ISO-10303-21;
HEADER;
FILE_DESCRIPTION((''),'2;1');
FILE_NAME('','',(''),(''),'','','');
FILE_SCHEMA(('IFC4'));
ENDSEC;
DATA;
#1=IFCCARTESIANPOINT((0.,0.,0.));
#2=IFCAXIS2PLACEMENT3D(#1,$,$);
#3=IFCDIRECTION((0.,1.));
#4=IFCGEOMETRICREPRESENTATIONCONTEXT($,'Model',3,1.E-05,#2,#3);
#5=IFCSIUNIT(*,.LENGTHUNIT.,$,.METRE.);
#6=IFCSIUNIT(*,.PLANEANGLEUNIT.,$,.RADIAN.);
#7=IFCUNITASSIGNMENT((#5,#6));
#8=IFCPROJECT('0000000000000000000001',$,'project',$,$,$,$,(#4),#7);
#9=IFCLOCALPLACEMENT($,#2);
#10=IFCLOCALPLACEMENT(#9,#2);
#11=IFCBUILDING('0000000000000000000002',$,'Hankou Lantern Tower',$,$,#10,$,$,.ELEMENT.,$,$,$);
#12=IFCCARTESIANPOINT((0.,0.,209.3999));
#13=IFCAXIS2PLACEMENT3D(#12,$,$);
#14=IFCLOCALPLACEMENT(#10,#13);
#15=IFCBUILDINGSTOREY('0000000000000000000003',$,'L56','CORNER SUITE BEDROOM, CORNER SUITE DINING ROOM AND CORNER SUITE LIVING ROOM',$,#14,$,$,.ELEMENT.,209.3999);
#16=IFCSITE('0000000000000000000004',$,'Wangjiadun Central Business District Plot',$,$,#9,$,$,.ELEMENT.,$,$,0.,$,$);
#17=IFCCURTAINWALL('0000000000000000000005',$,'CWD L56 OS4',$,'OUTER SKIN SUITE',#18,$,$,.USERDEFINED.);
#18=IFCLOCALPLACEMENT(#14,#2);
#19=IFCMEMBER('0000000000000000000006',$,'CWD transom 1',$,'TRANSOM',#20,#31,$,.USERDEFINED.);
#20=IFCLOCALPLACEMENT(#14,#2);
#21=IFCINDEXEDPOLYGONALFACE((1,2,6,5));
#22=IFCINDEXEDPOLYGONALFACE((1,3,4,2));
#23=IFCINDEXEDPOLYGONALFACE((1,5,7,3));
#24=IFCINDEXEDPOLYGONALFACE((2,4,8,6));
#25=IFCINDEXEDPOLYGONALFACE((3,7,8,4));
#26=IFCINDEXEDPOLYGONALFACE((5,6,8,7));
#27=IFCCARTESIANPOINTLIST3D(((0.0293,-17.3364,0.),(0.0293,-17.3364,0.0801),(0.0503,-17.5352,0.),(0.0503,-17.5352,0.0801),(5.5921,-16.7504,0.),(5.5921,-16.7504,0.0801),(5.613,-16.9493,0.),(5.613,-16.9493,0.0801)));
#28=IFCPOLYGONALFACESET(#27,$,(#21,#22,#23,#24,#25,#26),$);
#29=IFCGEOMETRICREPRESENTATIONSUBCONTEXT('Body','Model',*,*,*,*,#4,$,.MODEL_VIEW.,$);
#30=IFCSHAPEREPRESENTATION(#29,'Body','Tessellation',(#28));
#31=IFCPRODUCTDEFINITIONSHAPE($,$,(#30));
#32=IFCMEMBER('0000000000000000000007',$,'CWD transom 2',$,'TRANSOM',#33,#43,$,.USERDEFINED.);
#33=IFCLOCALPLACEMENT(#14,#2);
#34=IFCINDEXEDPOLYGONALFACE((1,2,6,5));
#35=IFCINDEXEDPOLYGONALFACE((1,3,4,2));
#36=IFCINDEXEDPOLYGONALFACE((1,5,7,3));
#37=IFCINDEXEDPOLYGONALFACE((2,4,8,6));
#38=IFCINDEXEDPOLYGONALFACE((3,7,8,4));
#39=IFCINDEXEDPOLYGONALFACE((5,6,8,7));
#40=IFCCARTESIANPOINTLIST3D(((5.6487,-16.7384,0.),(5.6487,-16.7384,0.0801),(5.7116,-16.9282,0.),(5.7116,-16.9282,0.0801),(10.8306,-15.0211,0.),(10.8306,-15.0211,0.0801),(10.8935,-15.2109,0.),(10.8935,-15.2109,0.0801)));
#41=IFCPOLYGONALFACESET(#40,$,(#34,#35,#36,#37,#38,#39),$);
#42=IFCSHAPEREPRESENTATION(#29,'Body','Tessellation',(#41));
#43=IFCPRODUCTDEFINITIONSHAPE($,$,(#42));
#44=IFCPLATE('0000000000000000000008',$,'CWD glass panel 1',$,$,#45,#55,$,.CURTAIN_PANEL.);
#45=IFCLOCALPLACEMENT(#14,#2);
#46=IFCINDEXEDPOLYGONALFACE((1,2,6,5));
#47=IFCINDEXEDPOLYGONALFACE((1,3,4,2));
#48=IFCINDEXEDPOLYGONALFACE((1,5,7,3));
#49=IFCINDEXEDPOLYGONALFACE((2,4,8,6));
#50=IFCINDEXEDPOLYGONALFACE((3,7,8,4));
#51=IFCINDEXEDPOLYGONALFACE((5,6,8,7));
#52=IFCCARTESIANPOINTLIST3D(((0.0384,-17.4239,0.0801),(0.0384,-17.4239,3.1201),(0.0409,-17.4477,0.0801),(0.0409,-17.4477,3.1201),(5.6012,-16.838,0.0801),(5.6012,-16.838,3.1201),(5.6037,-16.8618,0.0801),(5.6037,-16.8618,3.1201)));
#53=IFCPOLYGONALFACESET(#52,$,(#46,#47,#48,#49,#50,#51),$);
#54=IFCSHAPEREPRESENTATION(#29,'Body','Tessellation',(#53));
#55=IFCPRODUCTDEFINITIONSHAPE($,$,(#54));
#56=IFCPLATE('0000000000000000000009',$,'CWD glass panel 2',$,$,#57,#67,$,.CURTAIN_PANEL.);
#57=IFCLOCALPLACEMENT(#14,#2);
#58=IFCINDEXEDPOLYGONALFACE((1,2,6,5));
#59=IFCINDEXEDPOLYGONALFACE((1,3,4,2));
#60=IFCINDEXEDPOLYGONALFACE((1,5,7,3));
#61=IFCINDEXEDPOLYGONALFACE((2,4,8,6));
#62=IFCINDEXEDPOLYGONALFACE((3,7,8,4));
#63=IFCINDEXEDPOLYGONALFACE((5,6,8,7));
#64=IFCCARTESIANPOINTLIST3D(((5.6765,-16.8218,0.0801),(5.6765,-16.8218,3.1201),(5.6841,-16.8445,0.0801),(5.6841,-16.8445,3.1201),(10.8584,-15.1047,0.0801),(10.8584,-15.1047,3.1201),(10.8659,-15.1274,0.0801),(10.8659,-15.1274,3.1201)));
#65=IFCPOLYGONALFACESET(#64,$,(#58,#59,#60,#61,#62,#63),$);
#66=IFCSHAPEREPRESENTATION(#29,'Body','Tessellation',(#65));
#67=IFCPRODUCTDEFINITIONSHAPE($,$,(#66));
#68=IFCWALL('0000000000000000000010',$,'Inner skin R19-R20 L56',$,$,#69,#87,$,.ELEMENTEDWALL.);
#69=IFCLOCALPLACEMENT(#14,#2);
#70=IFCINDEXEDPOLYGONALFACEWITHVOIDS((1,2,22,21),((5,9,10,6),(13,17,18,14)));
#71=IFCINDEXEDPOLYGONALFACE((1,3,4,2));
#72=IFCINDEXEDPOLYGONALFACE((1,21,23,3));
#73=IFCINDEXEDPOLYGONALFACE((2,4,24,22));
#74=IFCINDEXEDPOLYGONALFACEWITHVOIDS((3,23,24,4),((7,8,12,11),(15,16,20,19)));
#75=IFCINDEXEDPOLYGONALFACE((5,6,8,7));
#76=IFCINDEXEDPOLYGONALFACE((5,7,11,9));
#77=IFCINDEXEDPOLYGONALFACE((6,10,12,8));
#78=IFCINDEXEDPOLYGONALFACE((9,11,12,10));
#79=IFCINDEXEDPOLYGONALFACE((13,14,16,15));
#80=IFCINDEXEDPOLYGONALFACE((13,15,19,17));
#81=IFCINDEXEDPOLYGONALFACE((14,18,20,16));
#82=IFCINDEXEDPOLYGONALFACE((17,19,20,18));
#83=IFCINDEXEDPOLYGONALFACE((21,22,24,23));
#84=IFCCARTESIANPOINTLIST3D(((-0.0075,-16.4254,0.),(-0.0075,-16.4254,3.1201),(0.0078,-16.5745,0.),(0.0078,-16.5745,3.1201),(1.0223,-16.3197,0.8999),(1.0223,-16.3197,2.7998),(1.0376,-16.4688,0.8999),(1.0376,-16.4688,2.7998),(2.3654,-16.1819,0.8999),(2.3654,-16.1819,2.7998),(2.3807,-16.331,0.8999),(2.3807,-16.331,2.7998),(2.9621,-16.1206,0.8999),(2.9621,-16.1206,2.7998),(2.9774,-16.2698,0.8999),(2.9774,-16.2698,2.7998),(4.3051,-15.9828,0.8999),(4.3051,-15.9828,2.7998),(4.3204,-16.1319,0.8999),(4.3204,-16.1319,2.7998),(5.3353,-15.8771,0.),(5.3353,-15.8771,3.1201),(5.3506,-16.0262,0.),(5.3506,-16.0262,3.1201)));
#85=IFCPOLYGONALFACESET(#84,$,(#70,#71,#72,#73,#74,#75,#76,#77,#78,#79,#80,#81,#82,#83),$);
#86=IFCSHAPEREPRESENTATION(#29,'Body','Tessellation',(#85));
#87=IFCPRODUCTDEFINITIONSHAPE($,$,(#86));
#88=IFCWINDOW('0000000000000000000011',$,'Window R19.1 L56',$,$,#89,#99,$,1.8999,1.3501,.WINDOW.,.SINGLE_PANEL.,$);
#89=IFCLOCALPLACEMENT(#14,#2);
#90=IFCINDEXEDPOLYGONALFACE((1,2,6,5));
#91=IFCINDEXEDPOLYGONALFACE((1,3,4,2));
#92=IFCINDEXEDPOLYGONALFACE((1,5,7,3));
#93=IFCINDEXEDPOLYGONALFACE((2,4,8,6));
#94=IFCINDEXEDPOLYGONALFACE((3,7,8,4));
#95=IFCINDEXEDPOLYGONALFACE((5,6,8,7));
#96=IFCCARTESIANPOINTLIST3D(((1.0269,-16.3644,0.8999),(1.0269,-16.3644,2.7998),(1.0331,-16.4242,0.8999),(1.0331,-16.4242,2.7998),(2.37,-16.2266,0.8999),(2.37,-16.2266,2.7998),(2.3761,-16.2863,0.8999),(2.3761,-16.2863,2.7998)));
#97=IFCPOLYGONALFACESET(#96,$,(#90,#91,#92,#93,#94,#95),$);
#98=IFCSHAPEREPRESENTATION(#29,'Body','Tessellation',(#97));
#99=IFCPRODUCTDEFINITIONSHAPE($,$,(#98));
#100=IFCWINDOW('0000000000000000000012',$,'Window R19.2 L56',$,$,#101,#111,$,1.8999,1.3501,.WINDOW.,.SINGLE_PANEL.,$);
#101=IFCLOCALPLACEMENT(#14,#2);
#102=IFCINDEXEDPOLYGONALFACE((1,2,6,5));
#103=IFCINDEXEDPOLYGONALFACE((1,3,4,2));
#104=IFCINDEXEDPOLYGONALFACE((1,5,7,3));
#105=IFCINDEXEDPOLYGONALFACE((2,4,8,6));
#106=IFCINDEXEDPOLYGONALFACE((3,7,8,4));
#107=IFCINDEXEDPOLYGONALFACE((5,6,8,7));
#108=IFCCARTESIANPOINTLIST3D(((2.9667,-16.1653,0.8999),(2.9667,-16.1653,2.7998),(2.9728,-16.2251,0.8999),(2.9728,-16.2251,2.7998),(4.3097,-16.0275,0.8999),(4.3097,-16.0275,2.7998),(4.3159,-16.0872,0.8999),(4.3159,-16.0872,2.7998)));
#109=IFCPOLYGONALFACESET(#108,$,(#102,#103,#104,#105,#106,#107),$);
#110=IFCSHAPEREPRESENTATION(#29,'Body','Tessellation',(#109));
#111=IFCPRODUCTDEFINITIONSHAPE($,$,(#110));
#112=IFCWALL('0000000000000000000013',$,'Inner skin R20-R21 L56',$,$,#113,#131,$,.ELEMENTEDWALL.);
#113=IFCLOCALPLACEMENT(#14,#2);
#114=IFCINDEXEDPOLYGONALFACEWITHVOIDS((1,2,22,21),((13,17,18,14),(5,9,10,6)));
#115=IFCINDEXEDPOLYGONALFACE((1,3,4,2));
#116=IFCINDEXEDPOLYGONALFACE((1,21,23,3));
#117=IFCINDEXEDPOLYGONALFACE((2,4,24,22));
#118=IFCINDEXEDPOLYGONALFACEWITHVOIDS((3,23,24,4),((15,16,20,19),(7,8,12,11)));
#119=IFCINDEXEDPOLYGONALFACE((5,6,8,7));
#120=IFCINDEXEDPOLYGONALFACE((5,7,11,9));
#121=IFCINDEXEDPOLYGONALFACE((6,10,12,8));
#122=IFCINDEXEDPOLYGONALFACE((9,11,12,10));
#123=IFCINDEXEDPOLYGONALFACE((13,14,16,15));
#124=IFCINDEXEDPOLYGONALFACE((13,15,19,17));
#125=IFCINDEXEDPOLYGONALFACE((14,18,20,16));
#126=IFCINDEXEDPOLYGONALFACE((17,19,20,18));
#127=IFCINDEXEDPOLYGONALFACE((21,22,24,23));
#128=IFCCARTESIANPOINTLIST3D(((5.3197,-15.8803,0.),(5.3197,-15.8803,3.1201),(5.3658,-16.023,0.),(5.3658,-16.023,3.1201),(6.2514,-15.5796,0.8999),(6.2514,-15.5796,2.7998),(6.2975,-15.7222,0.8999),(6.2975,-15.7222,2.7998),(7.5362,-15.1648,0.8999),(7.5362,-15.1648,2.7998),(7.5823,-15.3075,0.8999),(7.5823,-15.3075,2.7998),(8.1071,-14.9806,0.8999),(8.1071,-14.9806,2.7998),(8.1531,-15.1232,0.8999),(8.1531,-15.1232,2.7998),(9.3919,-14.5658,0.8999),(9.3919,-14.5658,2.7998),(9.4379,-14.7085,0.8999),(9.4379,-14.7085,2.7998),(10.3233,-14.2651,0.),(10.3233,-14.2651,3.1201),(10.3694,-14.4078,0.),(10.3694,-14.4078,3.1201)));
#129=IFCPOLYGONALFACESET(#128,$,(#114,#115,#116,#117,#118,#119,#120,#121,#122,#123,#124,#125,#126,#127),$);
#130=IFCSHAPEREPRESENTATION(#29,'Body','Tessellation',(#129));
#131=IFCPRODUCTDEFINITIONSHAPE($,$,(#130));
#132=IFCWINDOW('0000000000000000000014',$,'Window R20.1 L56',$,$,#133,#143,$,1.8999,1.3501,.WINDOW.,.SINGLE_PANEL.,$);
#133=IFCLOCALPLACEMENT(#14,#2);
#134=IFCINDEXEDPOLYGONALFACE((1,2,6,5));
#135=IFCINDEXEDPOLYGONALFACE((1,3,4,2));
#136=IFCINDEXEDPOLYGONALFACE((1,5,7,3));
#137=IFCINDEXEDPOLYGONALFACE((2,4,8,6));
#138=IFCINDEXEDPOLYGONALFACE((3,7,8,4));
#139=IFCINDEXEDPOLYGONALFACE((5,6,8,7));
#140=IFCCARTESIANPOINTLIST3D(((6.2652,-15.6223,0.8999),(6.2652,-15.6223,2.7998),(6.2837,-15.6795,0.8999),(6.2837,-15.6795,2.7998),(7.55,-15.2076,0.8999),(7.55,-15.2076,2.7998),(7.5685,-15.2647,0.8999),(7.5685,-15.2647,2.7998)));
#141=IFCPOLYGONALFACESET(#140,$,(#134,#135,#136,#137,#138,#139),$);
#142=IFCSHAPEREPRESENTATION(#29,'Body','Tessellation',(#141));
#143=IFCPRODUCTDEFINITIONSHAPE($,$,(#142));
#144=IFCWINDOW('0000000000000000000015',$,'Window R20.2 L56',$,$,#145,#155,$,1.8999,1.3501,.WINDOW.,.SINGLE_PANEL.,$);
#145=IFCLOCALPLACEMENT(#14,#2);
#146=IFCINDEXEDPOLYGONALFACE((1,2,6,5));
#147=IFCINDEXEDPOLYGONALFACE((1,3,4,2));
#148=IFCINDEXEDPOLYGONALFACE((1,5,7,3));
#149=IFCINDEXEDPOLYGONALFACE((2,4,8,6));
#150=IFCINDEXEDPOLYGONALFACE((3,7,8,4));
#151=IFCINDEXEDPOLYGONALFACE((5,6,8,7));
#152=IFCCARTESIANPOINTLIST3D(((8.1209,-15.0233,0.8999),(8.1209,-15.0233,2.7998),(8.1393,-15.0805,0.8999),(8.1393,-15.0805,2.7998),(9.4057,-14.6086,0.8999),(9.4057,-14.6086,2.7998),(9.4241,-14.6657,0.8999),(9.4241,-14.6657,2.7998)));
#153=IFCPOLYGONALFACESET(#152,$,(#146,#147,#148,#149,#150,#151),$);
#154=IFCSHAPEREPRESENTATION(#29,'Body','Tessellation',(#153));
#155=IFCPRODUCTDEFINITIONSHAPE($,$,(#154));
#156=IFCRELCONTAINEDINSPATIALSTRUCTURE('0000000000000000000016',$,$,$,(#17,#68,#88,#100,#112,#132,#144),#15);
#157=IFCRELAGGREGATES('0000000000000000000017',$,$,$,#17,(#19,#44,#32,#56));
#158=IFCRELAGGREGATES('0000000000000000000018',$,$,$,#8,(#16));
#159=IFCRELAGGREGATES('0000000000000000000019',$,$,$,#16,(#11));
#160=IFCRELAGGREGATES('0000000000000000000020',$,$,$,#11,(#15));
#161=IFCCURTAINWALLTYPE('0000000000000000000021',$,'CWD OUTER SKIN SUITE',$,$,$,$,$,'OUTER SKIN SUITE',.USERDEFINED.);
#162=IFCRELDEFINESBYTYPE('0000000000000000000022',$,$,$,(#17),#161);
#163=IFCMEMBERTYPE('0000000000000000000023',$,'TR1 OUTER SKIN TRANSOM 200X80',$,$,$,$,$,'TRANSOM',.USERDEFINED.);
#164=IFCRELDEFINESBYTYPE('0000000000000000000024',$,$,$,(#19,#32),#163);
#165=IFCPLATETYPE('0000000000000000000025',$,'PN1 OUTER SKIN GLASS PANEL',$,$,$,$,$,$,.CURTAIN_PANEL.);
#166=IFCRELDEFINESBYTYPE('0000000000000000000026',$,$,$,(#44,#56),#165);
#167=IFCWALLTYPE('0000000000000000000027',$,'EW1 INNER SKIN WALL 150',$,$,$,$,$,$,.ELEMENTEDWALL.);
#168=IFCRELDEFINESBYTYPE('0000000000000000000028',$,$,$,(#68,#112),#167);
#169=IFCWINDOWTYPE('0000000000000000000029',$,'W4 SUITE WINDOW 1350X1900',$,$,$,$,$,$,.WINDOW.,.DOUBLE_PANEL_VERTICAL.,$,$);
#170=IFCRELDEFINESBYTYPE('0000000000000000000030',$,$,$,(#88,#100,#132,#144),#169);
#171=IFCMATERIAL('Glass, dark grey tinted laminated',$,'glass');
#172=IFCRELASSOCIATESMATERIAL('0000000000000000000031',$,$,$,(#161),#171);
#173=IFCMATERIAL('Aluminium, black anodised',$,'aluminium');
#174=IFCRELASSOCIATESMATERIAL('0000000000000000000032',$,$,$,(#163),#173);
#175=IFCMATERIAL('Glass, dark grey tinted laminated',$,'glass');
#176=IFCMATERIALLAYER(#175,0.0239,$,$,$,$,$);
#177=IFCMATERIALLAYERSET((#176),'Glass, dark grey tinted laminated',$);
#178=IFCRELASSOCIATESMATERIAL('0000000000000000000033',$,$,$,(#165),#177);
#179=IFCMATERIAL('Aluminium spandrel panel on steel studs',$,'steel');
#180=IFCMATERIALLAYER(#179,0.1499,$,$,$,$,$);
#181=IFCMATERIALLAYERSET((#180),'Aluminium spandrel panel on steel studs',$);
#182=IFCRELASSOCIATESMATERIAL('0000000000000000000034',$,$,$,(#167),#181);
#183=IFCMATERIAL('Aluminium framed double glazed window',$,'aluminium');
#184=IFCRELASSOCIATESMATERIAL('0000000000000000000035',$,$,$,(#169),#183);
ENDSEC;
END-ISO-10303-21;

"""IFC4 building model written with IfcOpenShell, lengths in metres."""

from ifc_helpers import new_model, si_unit, direction, frame, frame_2d, origin, origin_2d, place, context, subcontext, project, spatial, rectangle, extrude, material, layer, layer_set, material_profile, profile_set, type_object, element, fill, aggregate, save


model = new_model("IFC4")

# Units and contexts
model_context = context("Model", 3, precision=1e-05, world=origin(), true_north=direction((0.0, 1.0)))
body_context = subcontext(model_context, "Body", "Model", "MODEL_VIEW")
ifc_project = project(units=[si_unit("LENGTHUNIT", "METRE"), si_unit("PLANEANGLEUNIT", "RADIAN")], contexts=[model_context])

# Site, building, storey
site_placement = place(None, origin())
site = spatial("IfcSite", under=ifc_project, at=site_placement, Name="Wangjiadun Central Business District Plot", CompositionType="ELEMENT", RefElevation=0.0)
building_placement = place(site_placement, origin())
building = spatial("IfcBuilding", under=site, at=building_placement, Name="Hankou Lantern Tower", CompositionType="ELEMENT")
storey_placement = place(building_placement, frame((0.0, 0.0, 209.3999)))
storey = spatial("IfcBuildingStorey", under=building, at=storey_placement, Name="L56", Description="CORNER SUITE BEDROOM, CORNER SUITE DINING ROOM AND CORNER SUITE LIVING ROOM", CompositionType="ELEMENT", Elevation=209.3999)

# Curtain wall
ifc_material_1 = material(Name="Glass, dark grey tinted laminated", Category="glass")
curtain_wall_type = type_object("IfcCurtainWallType", Name="CWD OUTER SKIN SUITE", ElementType="OUTER SKIN SUITE", PredefinedType="USERDEFINED", material=ifc_material_1)
curtain_wall_placement = place(storey_placement, origin())
curtain_wall = element("IfcCurtainWall", 1, at=curtain_wall_placement, inside=storey, type_object=curtain_wall_type, Name="CWD L56 OS4", ObjectType="OUTER SKIN SUITE", PredefinedType="USERDEFINED")

# Members
ifc_material_2 = material(Name="Aluminium, black anodised", Category="aluminium")
ifc_material_profile_1 = material_profile(ifc_material_2, rectangle(XDim=0.2, YDim=0.0801, at=origin_2d()), Name="TR1 200X80")
ifc_profile_set_1 = profile_set([ifc_material_profile_1], Name="Aluminium, black anodised")
member_type_1 = type_object("IfcMemberType", Name="TR1 OUTER SKIN TRANSOM 200X80", ElementType="TRANSOM", PredefinedType="USERDEFINED", material=ifc_profile_set_1)
member_1_placement = place(storey_placement, frame((0.0398, -17.4358, 0.04), z_axis=(0.994498, 0.104753, 0.0), x_axis=(-0.104753, 0.994498, 0.0)))
member_1 = element("IfcMember", 2, at=member_1_placement, type_object=member_type_1, Name="CWD transom 1", ObjectType="TRANSOM", PredefinedType="USERDEFINED", context=body_context, shape_type="SweptSolid", body=[
    extrude(rectangle(XDim=0.2, YDim=0.0801, at=origin_2d()), origin(), (0.0, 0.0, 1.0), 5.5935),
])
member_2_placement = place(storey_placement, frame((5.6802, -16.8333, 0.04), z_axis=(0.949232, 0.314577, 0.0), x_axis=(-0.314577, 0.949232, 0.0)))
member_2 = element("IfcMember", 3, at=member_2_placement, type_object=member_type_1, Name="CWD transom 2", ObjectType="TRANSOM", PredefinedType="USERDEFINED", context=body_context, shape_type="SweptSolid", body=[
    extrude(rectangle(XDim=0.2, YDim=0.0801, at=origin_2d()), origin(), (0.0, 0.0, 1.0), 5.459),
])

# Plates
ifc_material_3 = material(Name="Glass, dark grey tinted laminated", Category="glass")
ifc_layer_1 = layer(ifc_material_3, 0.0239)
ifc_layer_set_1 = layer_set([ifc_layer_1], Name="Glass, dark grey tinted laminated")
plate_type = type_object("IfcPlateType", Name="PN1 OUTER SKIN GLASS PANEL", PredefinedType="CURTAIN_PANEL", material=ifc_layer_set_1)
plate_1_placement = place(storey_placement, frame((2.821, -17.1428, 0.0801), z_axis=(0.0, 0.0, 1.0), x_axis=(0.994499, 0.104743, 0.0)))
plate_1 = element("IfcPlate", 4, at=plate_1_placement, type_object=plate_type, Name="CWD glass panel 1", PredefinedType="CURTAIN_PANEL", context=body_context, shape_type="SweptSolid", body=[
    extrude(rectangle(XDim=5.5935, YDim=0.0239, at=origin_2d()), origin(), (0.0, 0.0, 1.0), 3.04),
])
plate_2_placement = place(storey_placement, frame((8.2712, -15.9746, 0.0801), z_axis=(0.0, 0.0, 1.0), x_axis=(0.949241, 0.314551, 0.0)))
plate_2 = element("IfcPlate", 5, at=plate_2_placement, type_object=plate_type, Name="CWD glass panel 2", PredefinedType="CURTAIN_PANEL", context=body_context, shape_type="SweptSolid", body=[
    extrude(rectangle(XDim=5.459, YDim=0.0239, at=origin_2d()), origin(), (0.0, 0.0, 1.0), 3.04),
])
aggregate(curtain_wall, [member_1, plate_1, member_2, plate_2])

# Walls, openings, windows
ifc_material_4 = material(Name="Aluminium spandrel panel on steel studs", Category="steel")
ifc_layer_2 = layer(ifc_material_4, 0.1499)
ifc_layer_set_2 = layer_set([ifc_layer_2], Name="Aluminium spandrel panel on steel studs")
wall_type_1 = type_object("IfcWallType", Name="EW1 INNER SKIN WALL 150", PredefinedType="ELEMENTEDWALL", material=ifc_layer_set_2)
wall_1_placement = place(storey_placement, frame((0.0, -16.5, 0.0), z_axis=(0.0, 0.0, 1.0), x_axis=(0.994775, 0.102096, 0.0)))
wall_1 = element("IfcWall", 6, at=wall_1_placement, inside=storey, type_object=wall_type_1, Name="Inner skin R19-R20 L56", PredefinedType="ELEMENTEDWALL", context=body_context, shape_type="SweptSolid", body=[
    extrude(rectangle(XDim=5.3708, YDim=0.1499, at=frame_2d((2.6855, 0.0))), origin(), (0.0, 0.0, 1.0), 3.1201),
])
opening_1_placement = place(wall_1_placement, frame((1.0354, 0.0, 0.8999)))
opening_1 = element("IfcOpeningElement", 7, at=opening_1_placement, cuts=wall_1, PredefinedType="OPENING", context=body_context, shape_type="SweptSolid", body=[
    extrude(rectangle(XDim=1.3501, YDim=1.8999, at=frame_2d((0.675, 0.95))), frame((0.0, 0.085, 0.0), z_axis=(0.0, -1.0, 0.0), x_axis=(1.0, 0.0, 0.0)), (0.0, 0.0, 1.0), 0.1699),
])
opening_2_placement = place(wall_1_placement, frame((2.9854, 0.0, 0.8999)))
opening_2 = element("IfcOpeningElement", 8, at=opening_2_placement, cuts=wall_1, PredefinedType="OPENING", context=body_context, shape_type="SweptSolid", body=[
    extrude(rectangle(XDim=1.3501, YDim=1.8999, at=frame_2d((0.675, 0.95))), frame((0.0, 0.085, 0.0), z_axis=(0.0, -1.0, 0.0), x_axis=(1.0, 0.0, 0.0)), (0.0, 0.0, 1.0), 0.1699),
])
ifc_material_5 = material(Name="Aluminium framed double glazed window", Category="aluminium")
window_type = type_object("IfcWindowType", Name="W4 SUITE WINDOW 1350X1900", PartitioningType="DOUBLE_PANEL_VERTICAL", PredefinedType="WINDOW", material=ifc_material_5)
window_1_placement = place(opening_1_placement, origin())
window_1 = element("IfcWindow", 9, at=window_1_placement, inside=storey, type_object=window_type, Name="Window R19.1 L56", OverallHeight=1.8999, OverallWidth=1.3501, PartitioningType="SINGLE_PANEL", PredefinedType="WINDOW", context=body_context, shape_type="SweptSolid", body=[
    extrude(rectangle(XDim=1.3501, YDim=1.8999, at=frame_2d((0.675, 0.95))), frame((0.0, 0.03, 0.0), z_axis=(0.0, -1.0, 0.0), x_axis=(1.0, 0.0, 0.0)), (0.0, 0.0, 1.0), 0.0601),
])
fill(opening_1, window_1)
window_2_placement = place(opening_2_placement, origin())
window_2 = element("IfcWindow", 10, at=window_2_placement, inside=storey, type_object=window_type, Name="Window R19.2 L56", OverallHeight=1.8999, OverallWidth=1.3501, PartitioningType="SINGLE_PANEL", PredefinedType="WINDOW", context=body_context, shape_type="SweptSolid", body=[
    extrude(rectangle(XDim=1.3501, YDim=1.8999, at=frame_2d((0.675, 0.95))), frame((0.0, 0.03, 0.0), z_axis=(0.0, -1.0, 0.0), x_axis=(1.0, 0.0, 0.0)), (0.0, 0.0, 1.0), 0.0601),
])
fill(opening_2, window_2)
wall_2_placement = place(storey_placement, frame((5.3428, -15.9517, 0.0), z_axis=(0.0, 0.0, 1.0), x_axis=(0.951645, 0.307201, 0.0)))
wall_2 = element("IfcWall", 11, at=wall_2_placement, inside=storey, type_object=wall_type_1, Name="Inner skin R20-R21 L56", PredefinedType="ELEMENTEDWALL", context=body_context, shape_type="SweptSolid", body=[
    extrude(rectangle(XDim=5.2578, YDim=0.1499, at=frame_2d((2.6289, 0.0))), origin(), (0.0, 0.0, 1.0), 3.1201),
])
opening_3_placement = place(wall_2_placement, frame((0.979, 0.0, 0.8999)))
opening_3 = element("IfcOpeningElement", 12, at=opening_3_placement, cuts=wall_2, PredefinedType="OPENING", context=body_context, shape_type="SweptSolid", body=[
    extrude(rectangle(XDim=1.3501, YDim=1.8999, at=frame_2d((0.675, 0.95))), frame((0.0, 0.085, 0.0), z_axis=(0.0, -1.0, 0.0), x_axis=(1.0, 0.0, 0.0)), (0.0, 0.0, 1.0), 0.1699),
])
opening_4_placement = place(wall_2_placement, frame((2.929, 0.0, 0.8999)))
opening_4 = element("IfcOpeningElement", 13, at=opening_4_placement, cuts=wall_2, PredefinedType="OPENING", context=body_context, shape_type="SweptSolid", body=[
    extrude(rectangle(XDim=1.3501, YDim=1.8999, at=frame_2d((0.675, 0.95))), frame((0.0, 0.085, 0.0), z_axis=(0.0, -1.0, 0.0), x_axis=(1.0, 0.0, 0.0)), (0.0, 0.0, 1.0), 0.1699),
])
window_3_placement = place(opening_3_placement, origin())
window_3 = element("IfcWindow", 14, at=window_3_placement, inside=storey, type_object=window_type, Name="Window R20.1 L56", OverallHeight=1.8999, OverallWidth=1.3501, PartitioningType="SINGLE_PANEL", PredefinedType="WINDOW", context=body_context, shape_type="SweptSolid", body=[
    extrude(rectangle(XDim=1.3501, YDim=1.8999, at=frame_2d((0.675, 0.95))), frame((0.0, 0.03, 0.0), z_axis=(0.0, -1.0, 0.0), x_axis=(1.0, 0.0, 0.0)), (0.0, 0.0, 1.0), 0.0601),
])
fill(opening_3, window_3)
window_4_placement = place(opening_4_placement, origin())
window_4 = element("IfcWindow", 15, at=window_4_placement, inside=storey, type_object=window_type, Name="Window R20.2 L56", OverallHeight=1.8999, OverallWidth=1.3501, PartitioningType="SINGLE_PANEL", PredefinedType="WINDOW", context=body_context, shape_type="SweptSolid", body=[
    extrude(rectangle(XDim=1.3501, YDim=1.8999, at=frame_2d((0.675, 0.95))), frame((0.0, 0.03, 0.0), z_axis=(0.0, -1.0, 0.0), x_axis=(1.0, 0.0, 0.0)), (0.0, 0.0, 1.0), 0.0601),
])
fill(opening_4, window_4)

save(model, "model.ifc")
